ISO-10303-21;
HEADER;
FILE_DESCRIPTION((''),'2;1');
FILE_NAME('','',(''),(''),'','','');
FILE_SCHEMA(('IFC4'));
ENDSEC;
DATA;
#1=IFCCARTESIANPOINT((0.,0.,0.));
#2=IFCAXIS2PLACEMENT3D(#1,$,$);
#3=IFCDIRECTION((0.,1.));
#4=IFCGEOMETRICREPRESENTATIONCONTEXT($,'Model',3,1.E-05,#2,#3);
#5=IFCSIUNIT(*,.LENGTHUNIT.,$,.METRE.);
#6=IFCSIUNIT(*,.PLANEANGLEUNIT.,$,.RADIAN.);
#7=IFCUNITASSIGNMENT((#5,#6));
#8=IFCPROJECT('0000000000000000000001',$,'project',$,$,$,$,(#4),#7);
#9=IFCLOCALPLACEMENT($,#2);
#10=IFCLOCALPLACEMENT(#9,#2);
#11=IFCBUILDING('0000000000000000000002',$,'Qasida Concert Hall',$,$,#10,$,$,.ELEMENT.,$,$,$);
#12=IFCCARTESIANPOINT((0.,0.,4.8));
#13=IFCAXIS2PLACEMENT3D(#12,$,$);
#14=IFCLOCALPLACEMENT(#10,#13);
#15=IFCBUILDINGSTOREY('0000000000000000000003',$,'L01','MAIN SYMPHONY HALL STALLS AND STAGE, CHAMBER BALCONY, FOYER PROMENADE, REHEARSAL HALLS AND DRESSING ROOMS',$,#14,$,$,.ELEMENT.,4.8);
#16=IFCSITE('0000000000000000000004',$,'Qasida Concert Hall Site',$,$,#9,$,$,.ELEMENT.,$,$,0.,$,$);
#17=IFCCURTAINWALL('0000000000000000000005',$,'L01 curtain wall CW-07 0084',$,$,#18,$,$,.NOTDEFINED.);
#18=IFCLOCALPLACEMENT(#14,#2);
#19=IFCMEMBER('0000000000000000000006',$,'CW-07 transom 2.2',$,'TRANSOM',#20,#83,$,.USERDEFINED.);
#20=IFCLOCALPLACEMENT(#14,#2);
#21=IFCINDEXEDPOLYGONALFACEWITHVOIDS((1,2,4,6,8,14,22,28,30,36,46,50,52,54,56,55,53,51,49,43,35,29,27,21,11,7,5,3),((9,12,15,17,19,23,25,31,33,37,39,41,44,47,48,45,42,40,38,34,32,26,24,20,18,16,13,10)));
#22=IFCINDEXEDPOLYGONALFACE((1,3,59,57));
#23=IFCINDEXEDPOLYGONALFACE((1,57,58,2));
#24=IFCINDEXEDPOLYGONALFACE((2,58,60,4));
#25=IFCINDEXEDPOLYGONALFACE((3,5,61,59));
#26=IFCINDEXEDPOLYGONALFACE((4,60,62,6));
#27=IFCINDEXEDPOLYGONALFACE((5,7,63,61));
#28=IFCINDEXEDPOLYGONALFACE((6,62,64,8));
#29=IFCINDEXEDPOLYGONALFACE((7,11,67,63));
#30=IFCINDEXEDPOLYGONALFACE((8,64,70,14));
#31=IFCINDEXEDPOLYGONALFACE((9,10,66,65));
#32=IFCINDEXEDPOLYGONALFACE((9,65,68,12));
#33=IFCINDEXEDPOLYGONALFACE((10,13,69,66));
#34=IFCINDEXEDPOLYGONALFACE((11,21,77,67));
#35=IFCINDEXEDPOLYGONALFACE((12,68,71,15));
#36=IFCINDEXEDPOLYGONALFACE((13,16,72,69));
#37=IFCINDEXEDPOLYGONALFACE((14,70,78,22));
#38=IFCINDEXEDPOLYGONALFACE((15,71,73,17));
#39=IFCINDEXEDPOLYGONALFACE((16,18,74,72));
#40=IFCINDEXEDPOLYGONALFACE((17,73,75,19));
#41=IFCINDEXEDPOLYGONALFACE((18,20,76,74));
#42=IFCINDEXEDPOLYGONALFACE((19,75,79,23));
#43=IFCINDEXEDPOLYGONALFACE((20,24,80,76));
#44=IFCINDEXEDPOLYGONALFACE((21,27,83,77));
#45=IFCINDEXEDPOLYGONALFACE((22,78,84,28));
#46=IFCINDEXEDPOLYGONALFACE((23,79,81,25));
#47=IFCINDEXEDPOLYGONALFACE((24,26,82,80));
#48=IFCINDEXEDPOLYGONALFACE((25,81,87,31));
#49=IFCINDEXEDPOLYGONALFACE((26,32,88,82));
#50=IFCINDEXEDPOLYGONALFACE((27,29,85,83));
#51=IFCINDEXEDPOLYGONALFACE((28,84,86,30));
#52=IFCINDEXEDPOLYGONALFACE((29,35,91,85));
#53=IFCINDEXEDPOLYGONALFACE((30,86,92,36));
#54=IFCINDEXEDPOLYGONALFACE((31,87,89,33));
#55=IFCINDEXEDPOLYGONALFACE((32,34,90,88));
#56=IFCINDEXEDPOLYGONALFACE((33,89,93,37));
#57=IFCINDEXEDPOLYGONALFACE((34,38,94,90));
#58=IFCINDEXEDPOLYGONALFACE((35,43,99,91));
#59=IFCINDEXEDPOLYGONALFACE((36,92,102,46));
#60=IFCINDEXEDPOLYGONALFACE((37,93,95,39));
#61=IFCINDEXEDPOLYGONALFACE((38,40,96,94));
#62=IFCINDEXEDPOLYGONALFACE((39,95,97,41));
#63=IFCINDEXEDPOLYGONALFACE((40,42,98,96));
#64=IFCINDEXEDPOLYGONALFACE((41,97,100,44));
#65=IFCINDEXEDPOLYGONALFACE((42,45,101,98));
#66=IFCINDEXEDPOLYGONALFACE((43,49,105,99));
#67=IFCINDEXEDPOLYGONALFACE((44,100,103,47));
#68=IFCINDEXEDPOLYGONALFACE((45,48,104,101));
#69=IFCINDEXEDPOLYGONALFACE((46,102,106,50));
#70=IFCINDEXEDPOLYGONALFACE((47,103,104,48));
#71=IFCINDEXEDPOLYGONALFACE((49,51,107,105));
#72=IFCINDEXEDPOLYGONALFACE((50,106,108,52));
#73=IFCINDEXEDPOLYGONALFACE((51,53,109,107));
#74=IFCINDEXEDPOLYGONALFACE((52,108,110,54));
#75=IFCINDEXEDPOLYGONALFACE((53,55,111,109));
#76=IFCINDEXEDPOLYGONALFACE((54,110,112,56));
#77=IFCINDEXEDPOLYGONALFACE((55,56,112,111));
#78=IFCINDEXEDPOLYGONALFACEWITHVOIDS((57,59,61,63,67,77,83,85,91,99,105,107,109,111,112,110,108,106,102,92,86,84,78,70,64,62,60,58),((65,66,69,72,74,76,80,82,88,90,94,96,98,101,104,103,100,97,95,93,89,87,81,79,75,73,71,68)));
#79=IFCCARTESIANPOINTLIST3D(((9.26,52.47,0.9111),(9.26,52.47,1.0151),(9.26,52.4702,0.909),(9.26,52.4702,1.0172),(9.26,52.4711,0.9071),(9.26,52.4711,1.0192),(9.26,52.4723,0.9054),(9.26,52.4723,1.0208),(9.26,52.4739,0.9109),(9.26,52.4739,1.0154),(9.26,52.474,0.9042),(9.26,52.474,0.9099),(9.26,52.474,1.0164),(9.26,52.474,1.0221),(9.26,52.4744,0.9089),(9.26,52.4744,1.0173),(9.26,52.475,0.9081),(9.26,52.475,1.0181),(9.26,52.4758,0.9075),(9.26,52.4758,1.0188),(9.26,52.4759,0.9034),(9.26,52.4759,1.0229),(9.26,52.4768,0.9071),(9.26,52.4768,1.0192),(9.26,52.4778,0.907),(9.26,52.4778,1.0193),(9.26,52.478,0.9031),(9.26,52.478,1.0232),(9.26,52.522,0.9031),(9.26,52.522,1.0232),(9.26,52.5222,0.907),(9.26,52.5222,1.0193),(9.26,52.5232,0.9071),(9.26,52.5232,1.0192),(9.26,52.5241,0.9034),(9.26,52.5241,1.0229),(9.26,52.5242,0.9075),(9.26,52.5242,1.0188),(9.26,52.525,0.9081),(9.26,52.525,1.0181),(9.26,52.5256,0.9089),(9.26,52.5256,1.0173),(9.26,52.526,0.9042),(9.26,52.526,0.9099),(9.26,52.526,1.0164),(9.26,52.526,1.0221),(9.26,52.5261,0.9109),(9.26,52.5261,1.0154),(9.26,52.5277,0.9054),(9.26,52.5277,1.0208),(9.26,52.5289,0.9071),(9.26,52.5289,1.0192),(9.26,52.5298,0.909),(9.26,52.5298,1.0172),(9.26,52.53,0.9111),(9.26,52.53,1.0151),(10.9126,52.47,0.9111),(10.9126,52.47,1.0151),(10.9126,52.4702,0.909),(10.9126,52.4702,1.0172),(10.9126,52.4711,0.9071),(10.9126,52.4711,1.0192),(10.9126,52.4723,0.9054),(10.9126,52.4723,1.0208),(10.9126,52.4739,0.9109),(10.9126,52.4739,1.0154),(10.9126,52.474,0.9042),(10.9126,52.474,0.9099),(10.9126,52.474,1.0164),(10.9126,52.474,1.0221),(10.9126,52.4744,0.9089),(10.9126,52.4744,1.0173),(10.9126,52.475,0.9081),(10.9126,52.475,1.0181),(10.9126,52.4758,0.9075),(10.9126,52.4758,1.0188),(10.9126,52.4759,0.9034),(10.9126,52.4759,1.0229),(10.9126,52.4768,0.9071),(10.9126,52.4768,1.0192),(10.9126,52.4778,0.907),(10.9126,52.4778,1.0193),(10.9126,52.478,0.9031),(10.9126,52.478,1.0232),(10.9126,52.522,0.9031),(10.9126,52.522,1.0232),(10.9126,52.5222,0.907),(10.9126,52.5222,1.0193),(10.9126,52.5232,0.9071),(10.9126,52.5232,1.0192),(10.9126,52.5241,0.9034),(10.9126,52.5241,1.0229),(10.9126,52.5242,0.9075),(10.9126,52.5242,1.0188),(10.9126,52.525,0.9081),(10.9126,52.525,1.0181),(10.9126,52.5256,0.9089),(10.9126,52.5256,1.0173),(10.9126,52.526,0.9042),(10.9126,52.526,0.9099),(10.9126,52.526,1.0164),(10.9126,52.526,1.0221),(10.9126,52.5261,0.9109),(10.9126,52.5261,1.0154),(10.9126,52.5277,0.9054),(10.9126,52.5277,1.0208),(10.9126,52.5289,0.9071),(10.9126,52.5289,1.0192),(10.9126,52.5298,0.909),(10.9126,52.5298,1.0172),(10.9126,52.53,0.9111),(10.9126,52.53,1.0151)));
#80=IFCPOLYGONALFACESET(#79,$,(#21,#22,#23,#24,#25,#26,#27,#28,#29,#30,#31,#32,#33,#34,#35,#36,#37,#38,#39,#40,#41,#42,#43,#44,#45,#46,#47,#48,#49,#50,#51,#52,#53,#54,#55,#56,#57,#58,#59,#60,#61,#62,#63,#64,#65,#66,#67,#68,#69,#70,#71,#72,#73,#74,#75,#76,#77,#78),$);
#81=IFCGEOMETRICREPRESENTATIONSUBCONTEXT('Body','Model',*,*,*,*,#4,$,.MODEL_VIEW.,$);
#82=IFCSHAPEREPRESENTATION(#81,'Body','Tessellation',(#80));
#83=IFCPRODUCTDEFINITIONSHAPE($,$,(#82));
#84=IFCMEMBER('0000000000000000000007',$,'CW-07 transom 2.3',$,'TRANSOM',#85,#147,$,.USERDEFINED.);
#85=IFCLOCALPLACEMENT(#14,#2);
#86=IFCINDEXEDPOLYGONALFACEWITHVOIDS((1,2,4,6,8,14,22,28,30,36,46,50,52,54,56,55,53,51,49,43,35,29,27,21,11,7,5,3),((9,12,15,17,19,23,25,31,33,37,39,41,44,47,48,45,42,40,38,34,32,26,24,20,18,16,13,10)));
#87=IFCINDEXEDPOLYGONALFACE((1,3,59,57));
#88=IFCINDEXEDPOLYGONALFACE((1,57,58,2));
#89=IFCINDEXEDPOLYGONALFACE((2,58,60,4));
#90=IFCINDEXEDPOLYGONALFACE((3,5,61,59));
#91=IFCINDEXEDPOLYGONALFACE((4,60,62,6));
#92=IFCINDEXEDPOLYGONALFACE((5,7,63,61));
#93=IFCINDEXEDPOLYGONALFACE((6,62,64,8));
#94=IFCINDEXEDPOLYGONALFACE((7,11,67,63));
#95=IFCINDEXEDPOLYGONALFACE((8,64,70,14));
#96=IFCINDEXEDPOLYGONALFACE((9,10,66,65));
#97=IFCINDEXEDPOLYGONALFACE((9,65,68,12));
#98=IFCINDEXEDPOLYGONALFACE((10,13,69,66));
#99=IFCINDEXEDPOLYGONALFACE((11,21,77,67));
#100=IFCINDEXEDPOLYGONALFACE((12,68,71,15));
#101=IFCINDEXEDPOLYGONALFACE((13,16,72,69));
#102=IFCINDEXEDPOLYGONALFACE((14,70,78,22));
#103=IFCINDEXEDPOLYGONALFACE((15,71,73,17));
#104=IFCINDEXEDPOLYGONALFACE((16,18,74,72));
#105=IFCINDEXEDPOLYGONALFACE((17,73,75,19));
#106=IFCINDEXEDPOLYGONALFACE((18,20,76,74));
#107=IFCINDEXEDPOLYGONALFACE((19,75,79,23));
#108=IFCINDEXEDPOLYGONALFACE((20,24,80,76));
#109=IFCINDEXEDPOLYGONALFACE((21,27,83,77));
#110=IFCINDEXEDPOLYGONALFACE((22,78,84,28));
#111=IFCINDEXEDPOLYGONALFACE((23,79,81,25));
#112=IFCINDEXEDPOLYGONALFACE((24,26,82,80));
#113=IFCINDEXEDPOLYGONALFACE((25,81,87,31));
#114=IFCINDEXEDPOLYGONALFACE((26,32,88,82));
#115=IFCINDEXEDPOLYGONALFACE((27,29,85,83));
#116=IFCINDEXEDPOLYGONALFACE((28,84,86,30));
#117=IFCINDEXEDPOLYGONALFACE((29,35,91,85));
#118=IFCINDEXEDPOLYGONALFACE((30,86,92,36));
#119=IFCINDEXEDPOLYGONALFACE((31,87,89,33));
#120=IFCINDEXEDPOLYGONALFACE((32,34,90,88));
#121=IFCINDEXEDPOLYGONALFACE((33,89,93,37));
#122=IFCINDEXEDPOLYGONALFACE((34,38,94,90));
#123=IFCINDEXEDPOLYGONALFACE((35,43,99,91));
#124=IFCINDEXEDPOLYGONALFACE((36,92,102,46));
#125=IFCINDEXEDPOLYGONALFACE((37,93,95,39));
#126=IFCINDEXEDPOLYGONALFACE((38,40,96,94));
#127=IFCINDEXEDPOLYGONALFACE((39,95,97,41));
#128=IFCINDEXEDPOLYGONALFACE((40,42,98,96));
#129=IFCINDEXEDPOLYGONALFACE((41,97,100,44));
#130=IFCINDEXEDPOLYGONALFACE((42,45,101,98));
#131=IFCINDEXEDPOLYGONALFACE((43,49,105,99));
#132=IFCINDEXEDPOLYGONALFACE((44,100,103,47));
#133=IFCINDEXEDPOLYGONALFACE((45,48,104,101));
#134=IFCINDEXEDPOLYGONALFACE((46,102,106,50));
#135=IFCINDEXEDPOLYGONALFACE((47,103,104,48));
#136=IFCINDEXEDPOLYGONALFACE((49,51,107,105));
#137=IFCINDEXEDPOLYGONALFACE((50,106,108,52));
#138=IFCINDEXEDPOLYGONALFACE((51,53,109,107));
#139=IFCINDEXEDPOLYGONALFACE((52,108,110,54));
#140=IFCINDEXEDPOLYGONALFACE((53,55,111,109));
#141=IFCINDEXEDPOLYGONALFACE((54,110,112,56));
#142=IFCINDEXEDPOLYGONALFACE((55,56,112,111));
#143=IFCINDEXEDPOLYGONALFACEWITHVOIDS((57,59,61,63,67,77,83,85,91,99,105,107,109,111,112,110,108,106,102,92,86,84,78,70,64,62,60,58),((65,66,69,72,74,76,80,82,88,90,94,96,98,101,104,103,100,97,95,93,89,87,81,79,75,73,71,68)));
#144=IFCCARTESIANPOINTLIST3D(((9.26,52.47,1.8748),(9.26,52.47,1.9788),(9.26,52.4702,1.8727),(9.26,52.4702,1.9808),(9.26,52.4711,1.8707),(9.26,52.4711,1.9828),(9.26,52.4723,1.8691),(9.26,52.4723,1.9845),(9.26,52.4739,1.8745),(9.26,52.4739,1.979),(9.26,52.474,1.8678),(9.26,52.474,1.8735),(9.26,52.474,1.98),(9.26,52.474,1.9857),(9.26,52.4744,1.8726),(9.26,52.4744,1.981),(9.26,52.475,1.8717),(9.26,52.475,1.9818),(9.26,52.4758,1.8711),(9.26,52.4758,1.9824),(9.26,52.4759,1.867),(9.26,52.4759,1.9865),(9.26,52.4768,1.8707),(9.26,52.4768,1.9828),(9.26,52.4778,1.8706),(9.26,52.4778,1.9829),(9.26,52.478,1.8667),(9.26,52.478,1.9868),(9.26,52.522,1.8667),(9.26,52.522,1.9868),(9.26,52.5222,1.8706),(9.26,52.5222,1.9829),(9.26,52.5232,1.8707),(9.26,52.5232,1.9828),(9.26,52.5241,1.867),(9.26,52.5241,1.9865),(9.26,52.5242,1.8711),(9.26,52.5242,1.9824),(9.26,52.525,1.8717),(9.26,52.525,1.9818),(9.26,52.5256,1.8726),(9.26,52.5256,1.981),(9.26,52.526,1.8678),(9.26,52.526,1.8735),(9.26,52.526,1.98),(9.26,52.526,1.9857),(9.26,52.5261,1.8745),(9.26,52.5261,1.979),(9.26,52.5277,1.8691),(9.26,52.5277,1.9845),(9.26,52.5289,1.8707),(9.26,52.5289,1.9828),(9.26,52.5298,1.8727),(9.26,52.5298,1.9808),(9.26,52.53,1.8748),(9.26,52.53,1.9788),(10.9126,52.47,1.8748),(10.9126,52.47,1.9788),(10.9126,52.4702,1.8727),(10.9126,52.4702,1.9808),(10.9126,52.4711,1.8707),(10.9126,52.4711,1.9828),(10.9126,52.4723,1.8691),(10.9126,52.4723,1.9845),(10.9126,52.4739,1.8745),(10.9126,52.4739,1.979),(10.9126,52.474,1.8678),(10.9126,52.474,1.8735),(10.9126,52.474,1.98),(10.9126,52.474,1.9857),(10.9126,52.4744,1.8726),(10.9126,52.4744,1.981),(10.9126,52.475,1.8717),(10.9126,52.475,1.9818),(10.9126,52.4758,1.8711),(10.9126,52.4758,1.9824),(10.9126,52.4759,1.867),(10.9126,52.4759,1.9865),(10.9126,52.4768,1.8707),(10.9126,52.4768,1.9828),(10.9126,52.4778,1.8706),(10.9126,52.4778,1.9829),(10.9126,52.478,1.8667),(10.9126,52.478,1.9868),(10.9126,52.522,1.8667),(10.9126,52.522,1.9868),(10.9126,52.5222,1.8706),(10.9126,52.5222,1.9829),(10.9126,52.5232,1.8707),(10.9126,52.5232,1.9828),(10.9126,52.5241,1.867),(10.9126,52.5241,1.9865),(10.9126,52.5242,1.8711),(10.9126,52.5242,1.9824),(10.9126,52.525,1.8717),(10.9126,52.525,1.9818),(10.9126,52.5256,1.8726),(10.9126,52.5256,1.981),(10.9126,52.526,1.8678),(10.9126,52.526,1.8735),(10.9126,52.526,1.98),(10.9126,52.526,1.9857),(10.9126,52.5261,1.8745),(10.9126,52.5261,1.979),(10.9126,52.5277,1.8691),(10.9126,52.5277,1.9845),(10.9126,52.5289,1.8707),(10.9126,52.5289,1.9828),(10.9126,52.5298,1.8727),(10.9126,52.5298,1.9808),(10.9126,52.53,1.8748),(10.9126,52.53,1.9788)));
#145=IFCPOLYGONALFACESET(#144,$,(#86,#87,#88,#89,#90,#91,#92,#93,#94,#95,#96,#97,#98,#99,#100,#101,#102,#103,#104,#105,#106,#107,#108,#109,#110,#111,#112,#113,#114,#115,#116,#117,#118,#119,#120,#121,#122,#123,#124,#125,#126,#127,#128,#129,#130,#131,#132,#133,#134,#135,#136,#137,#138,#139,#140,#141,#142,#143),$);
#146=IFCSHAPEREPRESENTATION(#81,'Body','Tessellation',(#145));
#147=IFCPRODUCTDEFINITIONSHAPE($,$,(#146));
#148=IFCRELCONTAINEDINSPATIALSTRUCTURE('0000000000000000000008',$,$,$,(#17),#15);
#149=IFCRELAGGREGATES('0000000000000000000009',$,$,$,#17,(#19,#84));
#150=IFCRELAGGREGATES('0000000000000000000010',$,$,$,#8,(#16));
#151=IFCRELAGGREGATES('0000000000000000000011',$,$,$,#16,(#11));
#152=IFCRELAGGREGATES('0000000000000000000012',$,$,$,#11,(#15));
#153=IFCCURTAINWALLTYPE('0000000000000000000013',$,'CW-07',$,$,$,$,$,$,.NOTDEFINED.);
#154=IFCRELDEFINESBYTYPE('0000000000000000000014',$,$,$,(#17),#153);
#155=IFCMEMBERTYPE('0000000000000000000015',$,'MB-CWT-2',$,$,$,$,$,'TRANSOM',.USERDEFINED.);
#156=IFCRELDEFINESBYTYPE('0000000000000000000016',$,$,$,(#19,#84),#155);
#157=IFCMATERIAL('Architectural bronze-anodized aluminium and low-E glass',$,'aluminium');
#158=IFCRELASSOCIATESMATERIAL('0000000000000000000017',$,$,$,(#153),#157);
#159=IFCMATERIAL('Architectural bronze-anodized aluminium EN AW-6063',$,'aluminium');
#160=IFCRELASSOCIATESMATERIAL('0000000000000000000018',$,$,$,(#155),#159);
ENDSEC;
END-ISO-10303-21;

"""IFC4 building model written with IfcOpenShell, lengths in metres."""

from ifc_helpers import new_model, si_unit, direction, frame, origin, origin_2d, place, context, subcontext, project, spatial, hollow_rectangle, extrude, material, material_profile, profile_set, type_object, element, aggregate, save


model = new_model("IFC4")

# Units and contexts
model_context = context("Model", 3, precision=1e-05, world=origin(), true_north=direction((0.0, 1.0)))
body_context = subcontext(model_context, "Body", "Model", "MODEL_VIEW")
ifc_project = project(units=[si_unit("LENGTHUNIT", "METRE"), si_unit("PLANEANGLEUNIT", "RADIAN")], contexts=[model_context])

# Site, building, storey
site_placement = place(None, origin())
site = spatial("IfcSite", under=ifc_project, at=site_placement, Name="Qasida Concert Hall Site", CompositionType="ELEMENT", RefElevation=0.0)
building_placement = place(site_placement, origin())
building = spatial("IfcBuilding", under=site, at=building_placement, Name="Qasida Concert Hall", CompositionType="ELEMENT")
storey_placement = place(building_placement, frame((0.0, 0.0, 4.8)))
storey = spatial("IfcBuildingStorey", under=building, at=storey_placement, Name="L01", Description="MAIN SYMPHONY HALL STALLS AND STAGE, CHAMBER BALCONY, FOYER PROMENADE, REHEARSAL HALLS AND DRESSING ROOMS", CompositionType="ELEMENT", Elevation=4.8)

# Shared definitions
ifc_material_1 = material(Name="Architectural bronze-anodized aluminium and low-E glass", Category="aluminium")
curtain_wall_type = type_object("IfcCurtainWallType", Name="CW-07", PredefinedType="NOTDEFINED", material=ifc_material_1)
ifc_material_2 = material(Name="Architectural bronze-anodized aluminium EN AW-6063", Category="aluminium")

# Curtain wall
curtain_wall_1_placement = place(storey_placement, origin())
curtain_wall_1 = element("IfcCurtainWall", 1, at=curtain_wall_1_placement, inside=storey, type_object=curtain_wall_type, Name="L01 curtain wall CW-07 0084", PredefinedType="NOTDEFINED")

# Members
ifc_material_profile_1 = material_profile(ifc_material_2, hollow_rectangle(XDim=0.0601, YDim=0.1201, WallThickness=0.0039, InnerFilletRadius=0.0039, OuterFilletRadius=0.0081, at=origin_2d()), Name="CWT 120x60x4")
ifc_profile_set_1 = profile_set([ifc_material_profile_1], Name="Architectural bronze-anodized aluminium EN AW-6063")
member_type_1 = type_object("IfcMemberType", Name="MB-CWT-2", ElementType="TRANSOM", PredefinedType="USERDEFINED", material=ifc_profile_set_1)
member_1_placement = place(storey_placement, frame((9.26, 52.5, 0.9631), z_axis=(1.0, 0.0, 0.0), x_axis=(0.0, 1.0, 0.0)))
member_1 = element("IfcMember", 2, at=member_1_placement, type_object=member_type_1, Name="CW-07 transom 2.2", ObjectType="TRANSOM", PredefinedType="USERDEFINED", context=body_context, shape_type="SweptSolid", body=[
    extrude(hollow_rectangle(XDim=0.0601, YDim=0.1201, WallThickness=0.0039, InnerFilletRadius=0.0039, OuterFilletRadius=0.0081, at=origin_2d()), origin(), (0.0, 0.0, 1.0), 1.6526),
])
member_2_placement = place(storey_placement, frame((9.26, 52.5, 1.9268), z_axis=(1.0, 0.0, 0.0), x_axis=(0.0, 1.0, 0.0)))
member_2 = element("IfcMember", 3, at=member_2_placement, type_object=member_type_1, Name="CW-07 transom 2.3", ObjectType="TRANSOM", PredefinedType="USERDEFINED", context=body_context, shape_type="SweptSolid", body=[
    extrude(hollow_rectangle(XDim=0.0601, YDim=0.1201, WallThickness=0.0039, InnerFilletRadius=0.0039, OuterFilletRadius=0.0081, at=origin_2d()), origin(), (0.0, 0.0, 1.0), 1.6526),
])

aggregate(curtain_wall_1, [member_1, member_2])

save(model, "model.ifc")
